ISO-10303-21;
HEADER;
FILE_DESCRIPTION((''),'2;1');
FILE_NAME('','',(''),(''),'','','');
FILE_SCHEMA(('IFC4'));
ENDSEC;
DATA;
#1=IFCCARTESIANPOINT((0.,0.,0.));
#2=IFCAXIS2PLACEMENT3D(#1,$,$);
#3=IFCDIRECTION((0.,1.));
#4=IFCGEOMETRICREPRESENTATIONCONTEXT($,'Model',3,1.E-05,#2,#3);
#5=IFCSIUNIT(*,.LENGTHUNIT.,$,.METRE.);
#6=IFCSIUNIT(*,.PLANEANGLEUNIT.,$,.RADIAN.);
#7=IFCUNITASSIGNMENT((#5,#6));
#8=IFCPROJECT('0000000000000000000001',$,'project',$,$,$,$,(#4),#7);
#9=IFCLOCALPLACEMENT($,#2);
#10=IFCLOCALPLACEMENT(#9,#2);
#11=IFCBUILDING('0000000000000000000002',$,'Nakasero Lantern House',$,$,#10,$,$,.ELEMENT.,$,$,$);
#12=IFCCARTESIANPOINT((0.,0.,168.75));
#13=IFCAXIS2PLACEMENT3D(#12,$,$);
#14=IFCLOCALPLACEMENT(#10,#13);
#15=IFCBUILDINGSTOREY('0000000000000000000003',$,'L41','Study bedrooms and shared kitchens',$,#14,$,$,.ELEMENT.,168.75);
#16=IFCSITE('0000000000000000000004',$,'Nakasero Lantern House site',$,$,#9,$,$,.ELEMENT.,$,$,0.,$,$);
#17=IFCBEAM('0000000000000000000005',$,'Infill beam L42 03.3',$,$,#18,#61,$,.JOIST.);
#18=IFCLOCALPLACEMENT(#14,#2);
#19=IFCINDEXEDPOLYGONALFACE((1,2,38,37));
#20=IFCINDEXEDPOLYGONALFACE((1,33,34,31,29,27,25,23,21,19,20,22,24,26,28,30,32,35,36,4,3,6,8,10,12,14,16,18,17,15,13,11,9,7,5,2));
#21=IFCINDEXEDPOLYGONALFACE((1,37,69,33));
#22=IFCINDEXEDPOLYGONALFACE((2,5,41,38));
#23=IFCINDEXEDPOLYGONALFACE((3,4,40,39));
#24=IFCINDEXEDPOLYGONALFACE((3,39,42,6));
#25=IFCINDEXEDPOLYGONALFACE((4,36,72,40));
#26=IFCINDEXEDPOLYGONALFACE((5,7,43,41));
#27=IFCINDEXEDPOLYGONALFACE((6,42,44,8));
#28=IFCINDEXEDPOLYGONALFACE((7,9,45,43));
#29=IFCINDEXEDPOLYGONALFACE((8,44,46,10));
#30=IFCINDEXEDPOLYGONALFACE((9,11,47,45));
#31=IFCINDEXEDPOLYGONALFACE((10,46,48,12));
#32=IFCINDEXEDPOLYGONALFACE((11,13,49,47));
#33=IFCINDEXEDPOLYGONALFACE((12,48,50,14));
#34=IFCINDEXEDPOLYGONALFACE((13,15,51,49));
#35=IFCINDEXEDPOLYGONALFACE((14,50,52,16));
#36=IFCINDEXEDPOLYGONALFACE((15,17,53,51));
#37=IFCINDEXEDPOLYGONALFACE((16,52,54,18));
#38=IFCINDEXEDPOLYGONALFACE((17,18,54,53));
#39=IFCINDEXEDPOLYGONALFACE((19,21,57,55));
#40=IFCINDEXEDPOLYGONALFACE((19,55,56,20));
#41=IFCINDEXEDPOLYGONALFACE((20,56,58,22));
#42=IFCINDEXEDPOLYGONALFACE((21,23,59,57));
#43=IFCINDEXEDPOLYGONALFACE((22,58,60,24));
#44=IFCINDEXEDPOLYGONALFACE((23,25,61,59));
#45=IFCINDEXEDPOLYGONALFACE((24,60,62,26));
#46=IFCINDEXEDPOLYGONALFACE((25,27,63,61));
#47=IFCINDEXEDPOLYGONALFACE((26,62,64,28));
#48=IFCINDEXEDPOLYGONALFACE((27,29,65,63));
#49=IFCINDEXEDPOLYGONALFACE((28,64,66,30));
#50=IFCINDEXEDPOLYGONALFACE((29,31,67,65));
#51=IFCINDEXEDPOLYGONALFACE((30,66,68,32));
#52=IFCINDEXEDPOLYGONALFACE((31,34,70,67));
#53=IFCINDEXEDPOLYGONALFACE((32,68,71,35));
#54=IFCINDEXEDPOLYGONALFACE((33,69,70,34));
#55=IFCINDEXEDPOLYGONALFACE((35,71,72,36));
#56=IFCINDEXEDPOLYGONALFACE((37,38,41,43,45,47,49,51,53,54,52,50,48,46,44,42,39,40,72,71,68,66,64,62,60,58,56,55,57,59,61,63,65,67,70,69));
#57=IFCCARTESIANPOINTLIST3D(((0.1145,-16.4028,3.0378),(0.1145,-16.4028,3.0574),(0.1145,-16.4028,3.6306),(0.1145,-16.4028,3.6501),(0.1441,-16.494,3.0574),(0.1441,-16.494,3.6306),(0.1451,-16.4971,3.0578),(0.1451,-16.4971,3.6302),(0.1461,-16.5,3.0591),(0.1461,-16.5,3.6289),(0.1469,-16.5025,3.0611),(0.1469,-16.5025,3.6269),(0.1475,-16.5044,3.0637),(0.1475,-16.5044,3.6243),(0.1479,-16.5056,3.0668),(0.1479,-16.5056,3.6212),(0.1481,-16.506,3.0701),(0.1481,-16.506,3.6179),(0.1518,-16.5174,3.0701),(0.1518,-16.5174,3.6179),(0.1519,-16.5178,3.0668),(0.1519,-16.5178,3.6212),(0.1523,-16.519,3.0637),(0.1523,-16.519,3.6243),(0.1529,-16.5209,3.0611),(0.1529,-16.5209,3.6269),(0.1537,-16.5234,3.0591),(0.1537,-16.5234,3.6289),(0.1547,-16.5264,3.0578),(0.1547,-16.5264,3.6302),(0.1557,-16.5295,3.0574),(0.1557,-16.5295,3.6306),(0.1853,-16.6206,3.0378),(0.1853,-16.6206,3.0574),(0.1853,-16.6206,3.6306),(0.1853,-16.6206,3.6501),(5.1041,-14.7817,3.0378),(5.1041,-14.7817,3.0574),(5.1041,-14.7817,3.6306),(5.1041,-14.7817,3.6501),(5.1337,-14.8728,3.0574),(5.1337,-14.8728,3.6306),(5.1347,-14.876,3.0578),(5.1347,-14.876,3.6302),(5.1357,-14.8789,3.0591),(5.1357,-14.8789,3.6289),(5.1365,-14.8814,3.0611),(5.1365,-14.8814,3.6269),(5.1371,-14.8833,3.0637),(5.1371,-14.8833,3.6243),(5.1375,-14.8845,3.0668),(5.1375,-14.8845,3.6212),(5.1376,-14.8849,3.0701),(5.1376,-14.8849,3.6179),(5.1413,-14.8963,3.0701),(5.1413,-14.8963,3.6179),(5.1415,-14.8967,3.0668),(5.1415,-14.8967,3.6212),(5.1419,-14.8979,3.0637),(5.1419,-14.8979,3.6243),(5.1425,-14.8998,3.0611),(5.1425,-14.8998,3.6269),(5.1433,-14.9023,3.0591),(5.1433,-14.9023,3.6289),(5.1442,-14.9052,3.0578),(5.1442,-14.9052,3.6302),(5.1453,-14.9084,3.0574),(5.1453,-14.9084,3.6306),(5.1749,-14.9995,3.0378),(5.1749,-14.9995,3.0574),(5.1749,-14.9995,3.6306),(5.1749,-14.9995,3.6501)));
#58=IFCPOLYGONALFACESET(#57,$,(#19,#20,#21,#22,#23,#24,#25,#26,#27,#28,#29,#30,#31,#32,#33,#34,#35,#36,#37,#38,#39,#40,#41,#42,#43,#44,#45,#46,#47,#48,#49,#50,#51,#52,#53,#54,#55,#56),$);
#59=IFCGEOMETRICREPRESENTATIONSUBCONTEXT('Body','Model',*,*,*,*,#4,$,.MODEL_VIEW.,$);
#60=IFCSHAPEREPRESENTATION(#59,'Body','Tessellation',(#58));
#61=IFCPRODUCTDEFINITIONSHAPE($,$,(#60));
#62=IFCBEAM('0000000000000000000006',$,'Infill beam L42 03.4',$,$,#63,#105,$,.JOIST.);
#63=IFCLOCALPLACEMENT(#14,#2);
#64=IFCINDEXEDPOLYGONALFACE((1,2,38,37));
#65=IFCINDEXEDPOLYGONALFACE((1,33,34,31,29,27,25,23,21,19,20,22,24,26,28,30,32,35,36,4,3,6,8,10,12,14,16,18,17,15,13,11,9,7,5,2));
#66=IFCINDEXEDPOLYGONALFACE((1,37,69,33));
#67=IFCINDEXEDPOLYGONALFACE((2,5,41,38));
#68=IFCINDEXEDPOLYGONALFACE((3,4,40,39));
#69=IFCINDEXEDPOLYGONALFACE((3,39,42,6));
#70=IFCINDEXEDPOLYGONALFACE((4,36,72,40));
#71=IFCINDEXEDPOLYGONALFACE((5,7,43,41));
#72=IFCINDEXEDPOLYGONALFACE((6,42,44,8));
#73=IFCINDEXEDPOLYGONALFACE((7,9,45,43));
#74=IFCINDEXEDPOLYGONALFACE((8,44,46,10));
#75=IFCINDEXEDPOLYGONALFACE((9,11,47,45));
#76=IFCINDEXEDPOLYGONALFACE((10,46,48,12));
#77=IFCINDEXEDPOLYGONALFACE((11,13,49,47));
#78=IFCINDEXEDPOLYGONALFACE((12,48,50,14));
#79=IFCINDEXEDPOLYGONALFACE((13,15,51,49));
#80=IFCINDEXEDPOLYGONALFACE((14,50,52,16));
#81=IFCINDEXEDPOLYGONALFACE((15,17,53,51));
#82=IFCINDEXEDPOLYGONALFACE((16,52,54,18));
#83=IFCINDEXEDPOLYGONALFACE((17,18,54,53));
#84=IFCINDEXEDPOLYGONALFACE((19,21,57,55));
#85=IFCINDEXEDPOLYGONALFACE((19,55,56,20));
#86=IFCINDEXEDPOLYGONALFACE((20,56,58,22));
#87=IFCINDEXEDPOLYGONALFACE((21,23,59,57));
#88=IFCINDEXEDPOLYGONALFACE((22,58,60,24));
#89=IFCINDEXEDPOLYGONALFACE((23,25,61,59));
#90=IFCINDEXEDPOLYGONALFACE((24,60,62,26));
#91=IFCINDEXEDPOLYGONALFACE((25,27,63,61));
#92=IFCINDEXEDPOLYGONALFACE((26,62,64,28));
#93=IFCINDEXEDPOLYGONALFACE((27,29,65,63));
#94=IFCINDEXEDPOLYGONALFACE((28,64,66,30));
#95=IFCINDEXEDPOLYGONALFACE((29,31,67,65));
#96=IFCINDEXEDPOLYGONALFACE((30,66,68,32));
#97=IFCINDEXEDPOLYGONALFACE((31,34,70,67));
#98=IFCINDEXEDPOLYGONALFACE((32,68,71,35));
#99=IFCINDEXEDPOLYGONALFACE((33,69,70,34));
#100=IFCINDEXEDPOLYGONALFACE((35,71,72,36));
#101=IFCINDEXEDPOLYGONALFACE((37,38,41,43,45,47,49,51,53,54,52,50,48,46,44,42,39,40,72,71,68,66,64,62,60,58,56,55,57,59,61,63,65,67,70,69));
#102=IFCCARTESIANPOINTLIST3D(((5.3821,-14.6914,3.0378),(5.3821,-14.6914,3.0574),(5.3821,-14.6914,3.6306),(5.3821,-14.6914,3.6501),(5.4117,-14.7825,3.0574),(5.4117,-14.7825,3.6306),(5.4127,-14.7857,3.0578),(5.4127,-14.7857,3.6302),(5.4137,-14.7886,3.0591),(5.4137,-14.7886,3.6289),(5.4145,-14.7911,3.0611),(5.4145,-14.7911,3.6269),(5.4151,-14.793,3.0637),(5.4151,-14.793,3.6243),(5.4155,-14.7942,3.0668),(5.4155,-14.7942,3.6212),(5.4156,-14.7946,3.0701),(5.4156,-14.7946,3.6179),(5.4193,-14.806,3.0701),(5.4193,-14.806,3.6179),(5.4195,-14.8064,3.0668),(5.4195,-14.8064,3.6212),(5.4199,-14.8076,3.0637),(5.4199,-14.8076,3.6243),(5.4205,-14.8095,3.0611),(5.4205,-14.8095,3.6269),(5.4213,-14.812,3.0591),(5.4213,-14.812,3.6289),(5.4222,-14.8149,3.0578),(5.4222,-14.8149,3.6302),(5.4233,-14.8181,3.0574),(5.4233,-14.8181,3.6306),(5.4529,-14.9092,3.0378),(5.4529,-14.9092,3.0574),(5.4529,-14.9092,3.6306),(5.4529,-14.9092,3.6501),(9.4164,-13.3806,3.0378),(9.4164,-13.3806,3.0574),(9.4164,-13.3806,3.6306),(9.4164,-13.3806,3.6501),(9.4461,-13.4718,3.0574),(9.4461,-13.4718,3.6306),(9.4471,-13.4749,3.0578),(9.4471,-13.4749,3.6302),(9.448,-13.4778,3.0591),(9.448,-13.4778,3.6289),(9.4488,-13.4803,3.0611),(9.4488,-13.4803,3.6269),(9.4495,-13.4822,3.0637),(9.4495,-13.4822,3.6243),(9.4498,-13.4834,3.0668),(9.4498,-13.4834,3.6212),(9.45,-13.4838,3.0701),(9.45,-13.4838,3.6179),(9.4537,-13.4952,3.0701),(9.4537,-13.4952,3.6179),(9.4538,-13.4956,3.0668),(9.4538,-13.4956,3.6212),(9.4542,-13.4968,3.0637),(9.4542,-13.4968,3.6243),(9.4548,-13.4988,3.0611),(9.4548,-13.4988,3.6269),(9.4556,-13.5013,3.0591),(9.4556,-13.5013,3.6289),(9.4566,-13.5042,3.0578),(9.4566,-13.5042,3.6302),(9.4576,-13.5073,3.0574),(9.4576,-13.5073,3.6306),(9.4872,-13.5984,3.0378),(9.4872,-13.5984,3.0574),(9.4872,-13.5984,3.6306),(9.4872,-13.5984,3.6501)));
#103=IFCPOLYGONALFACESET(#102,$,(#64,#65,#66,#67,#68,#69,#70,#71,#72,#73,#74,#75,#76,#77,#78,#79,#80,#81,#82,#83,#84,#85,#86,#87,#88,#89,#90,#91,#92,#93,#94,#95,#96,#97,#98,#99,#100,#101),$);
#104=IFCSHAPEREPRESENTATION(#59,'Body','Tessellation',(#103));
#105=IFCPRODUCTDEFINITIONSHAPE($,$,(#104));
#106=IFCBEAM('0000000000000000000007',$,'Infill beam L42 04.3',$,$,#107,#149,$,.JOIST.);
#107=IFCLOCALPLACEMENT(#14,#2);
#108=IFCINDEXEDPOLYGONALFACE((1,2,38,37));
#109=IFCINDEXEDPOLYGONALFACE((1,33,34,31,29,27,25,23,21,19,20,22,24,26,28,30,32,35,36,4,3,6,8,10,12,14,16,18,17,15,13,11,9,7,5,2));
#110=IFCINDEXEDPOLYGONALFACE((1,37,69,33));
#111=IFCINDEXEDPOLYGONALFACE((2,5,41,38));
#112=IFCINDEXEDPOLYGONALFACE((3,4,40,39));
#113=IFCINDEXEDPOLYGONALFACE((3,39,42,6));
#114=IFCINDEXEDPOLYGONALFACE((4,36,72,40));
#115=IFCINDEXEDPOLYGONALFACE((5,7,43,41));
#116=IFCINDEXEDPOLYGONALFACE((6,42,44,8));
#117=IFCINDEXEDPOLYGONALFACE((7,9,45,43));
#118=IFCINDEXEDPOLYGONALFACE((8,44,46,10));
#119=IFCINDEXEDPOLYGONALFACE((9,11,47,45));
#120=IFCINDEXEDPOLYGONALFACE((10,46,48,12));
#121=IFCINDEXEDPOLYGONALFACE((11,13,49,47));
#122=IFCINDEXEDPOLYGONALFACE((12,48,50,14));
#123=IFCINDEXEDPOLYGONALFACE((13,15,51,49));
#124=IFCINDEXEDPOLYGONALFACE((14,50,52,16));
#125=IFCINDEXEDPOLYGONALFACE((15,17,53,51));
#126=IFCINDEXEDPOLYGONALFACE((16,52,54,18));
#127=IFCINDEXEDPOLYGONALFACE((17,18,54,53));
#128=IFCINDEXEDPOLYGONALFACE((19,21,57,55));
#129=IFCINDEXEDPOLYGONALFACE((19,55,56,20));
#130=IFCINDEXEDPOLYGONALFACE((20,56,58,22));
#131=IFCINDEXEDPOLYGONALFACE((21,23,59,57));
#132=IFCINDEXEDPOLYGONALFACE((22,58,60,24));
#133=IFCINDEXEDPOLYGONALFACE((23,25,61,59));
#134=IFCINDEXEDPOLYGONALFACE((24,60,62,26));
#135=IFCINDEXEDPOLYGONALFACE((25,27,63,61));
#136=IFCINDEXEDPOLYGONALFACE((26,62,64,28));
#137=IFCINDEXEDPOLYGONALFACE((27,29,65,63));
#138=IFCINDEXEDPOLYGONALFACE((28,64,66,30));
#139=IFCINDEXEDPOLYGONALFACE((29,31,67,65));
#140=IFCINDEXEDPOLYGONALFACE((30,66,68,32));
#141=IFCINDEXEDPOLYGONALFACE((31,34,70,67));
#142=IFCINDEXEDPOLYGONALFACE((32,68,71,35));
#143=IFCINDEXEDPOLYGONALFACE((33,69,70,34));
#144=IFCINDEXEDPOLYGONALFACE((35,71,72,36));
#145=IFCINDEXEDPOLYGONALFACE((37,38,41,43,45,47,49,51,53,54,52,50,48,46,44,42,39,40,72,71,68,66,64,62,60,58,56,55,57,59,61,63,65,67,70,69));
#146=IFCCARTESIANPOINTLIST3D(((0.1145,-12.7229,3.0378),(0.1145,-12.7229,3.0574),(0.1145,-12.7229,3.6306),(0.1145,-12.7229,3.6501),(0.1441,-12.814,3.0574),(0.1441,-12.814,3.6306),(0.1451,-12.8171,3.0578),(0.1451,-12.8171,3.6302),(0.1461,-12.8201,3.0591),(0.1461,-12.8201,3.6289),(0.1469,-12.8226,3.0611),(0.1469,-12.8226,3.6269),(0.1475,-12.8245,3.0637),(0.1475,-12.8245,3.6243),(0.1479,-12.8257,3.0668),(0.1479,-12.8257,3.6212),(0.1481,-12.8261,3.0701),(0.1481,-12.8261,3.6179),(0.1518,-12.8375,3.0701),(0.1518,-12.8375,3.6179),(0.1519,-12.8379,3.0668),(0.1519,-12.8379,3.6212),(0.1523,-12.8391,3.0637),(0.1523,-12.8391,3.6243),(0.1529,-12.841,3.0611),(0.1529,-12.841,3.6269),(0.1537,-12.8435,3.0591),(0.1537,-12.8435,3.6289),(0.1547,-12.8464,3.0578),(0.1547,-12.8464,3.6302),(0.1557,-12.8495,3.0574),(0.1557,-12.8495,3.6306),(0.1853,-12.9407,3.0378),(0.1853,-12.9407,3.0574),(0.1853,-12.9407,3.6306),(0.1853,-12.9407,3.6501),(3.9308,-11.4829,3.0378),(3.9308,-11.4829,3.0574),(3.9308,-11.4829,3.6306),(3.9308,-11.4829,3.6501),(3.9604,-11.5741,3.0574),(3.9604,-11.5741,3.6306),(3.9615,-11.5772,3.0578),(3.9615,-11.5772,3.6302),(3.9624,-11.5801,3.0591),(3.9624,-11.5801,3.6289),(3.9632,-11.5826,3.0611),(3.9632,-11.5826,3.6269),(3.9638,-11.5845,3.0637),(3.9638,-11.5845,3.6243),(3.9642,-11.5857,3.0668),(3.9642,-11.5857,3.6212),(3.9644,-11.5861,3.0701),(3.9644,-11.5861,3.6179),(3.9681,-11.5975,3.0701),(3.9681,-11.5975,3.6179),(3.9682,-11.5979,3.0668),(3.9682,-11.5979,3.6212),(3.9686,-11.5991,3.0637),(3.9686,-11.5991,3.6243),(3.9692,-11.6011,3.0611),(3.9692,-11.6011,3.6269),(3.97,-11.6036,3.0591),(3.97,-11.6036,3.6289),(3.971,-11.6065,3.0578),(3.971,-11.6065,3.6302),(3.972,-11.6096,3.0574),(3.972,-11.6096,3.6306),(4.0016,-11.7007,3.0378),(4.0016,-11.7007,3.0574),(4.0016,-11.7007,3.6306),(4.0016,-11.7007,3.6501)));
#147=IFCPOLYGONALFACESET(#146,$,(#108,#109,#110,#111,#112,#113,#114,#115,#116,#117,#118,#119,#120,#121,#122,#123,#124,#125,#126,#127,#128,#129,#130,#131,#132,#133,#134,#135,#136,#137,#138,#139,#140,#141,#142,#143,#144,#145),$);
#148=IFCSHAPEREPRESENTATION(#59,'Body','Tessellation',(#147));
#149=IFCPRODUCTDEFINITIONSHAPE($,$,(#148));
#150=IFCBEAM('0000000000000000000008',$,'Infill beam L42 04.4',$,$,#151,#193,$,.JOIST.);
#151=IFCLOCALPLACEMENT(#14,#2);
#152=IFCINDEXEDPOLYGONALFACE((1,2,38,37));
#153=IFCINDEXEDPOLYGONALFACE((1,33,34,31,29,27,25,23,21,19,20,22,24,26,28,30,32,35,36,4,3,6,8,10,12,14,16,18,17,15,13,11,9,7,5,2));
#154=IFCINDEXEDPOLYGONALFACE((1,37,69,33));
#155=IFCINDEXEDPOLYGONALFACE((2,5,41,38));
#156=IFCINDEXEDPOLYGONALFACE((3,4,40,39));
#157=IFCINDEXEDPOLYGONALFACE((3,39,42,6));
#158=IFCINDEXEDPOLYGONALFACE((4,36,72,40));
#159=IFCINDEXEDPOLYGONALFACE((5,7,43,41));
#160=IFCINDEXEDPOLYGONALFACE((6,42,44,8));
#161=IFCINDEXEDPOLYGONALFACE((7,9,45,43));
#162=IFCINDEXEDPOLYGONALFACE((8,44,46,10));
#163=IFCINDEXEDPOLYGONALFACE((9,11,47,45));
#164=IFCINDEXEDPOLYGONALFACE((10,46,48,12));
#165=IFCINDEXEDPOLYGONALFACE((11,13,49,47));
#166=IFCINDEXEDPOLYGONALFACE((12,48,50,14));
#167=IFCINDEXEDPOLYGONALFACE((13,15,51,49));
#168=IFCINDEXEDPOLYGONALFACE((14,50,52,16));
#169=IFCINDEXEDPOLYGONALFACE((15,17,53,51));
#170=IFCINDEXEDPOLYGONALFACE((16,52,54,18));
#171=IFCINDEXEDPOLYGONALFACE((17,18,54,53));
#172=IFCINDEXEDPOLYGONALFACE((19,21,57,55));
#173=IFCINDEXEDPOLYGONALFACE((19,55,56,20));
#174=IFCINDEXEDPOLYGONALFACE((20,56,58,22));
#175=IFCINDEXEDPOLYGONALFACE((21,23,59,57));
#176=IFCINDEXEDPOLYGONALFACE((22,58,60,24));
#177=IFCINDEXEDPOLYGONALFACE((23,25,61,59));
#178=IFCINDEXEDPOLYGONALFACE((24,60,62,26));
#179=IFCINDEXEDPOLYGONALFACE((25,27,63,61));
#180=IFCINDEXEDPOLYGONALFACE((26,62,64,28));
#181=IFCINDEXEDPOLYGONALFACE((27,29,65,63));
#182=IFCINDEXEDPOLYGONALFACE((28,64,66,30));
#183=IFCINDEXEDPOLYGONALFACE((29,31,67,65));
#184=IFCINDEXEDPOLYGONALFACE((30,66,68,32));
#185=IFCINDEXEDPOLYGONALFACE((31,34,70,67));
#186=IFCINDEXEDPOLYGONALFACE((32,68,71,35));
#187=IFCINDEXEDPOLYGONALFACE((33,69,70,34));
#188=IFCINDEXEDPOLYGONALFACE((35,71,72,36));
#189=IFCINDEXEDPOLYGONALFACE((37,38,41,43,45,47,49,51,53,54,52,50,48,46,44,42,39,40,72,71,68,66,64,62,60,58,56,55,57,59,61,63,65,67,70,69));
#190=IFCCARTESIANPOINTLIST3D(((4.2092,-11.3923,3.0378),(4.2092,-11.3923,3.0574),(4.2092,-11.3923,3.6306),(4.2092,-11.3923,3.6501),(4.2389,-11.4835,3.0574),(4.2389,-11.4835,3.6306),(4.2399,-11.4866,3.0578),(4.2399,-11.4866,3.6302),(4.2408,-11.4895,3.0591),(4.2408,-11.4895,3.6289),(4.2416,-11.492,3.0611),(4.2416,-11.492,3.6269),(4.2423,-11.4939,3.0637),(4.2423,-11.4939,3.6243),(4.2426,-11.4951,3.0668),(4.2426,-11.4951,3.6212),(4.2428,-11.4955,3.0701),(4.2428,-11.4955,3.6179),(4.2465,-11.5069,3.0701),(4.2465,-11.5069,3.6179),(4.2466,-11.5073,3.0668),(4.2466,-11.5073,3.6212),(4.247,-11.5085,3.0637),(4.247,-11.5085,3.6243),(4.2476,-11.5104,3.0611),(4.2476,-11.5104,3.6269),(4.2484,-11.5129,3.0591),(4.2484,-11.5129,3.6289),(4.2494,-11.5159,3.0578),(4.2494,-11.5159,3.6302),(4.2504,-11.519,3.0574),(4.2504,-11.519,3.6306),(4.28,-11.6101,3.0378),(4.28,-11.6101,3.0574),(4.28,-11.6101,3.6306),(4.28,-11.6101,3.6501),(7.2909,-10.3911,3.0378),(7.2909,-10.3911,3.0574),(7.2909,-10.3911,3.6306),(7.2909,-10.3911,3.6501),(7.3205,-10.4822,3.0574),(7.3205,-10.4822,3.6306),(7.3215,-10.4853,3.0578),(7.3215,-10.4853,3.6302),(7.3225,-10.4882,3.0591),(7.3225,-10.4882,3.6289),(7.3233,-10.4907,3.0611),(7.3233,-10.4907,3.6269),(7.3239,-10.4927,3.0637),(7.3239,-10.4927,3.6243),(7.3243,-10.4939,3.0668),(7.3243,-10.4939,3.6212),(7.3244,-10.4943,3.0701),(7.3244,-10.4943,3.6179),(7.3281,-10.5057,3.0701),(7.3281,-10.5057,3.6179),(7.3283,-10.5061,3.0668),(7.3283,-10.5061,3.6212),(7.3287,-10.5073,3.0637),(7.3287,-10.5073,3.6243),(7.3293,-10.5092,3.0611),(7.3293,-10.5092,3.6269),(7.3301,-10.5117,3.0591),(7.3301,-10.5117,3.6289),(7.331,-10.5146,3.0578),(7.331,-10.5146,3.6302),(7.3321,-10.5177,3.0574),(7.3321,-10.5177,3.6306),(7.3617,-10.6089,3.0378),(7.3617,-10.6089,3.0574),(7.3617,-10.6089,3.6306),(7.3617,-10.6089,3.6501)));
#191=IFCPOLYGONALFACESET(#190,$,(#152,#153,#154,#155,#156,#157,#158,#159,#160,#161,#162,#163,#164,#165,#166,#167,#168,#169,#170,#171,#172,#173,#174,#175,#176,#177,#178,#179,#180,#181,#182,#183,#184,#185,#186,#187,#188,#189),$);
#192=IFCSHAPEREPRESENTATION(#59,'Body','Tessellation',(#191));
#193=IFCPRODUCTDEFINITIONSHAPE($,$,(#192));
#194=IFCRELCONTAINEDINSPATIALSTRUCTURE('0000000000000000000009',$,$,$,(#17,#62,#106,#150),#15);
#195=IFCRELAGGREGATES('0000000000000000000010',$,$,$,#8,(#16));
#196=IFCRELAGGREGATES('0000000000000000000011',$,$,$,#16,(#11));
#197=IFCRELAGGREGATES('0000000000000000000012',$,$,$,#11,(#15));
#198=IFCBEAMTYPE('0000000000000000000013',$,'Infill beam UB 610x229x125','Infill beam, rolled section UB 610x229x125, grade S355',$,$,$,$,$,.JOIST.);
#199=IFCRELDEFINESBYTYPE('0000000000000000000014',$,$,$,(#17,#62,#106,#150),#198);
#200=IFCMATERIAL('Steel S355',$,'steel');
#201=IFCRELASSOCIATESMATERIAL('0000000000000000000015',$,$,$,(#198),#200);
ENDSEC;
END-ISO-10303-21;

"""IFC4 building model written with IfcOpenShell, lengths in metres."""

from ifc_helpers import new_model, si_unit, direction, frame, origin, origin_2d, place, context, subcontext, project, spatial, i_section, extrude, material, material_profile, profile_set, type_object, element, save


model = new_model("IFC4")

# Units and contexts
model_context = context("Model", 3, precision=1e-05, world=origin(), true_north=direction((0.0, 1.0)))
body_context = subcontext(model_context, "Body", "Model", "MODEL_VIEW")
ifc_project = project(units=[si_unit("LENGTHUNIT", "METRE"), si_unit("PLANEANGLEUNIT", "RADIAN")], contexts=[model_context])

# Site, building, storey
site_placement = place(None, origin())
site = spatial("IfcSite", under=ifc_project, at=site_placement, Name="Nakasero Lantern House site", CompositionType="ELEMENT", RefElevation=0.0)
building_placement = place(site_placement, origin())
building = spatial("IfcBuilding", under=site, at=building_placement, Name="Nakasero Lantern House", CompositionType="ELEMENT")
storey_placement = place(building_placement, frame((0.0, 0.0, 168.75)))
storey = spatial("IfcBuildingStorey", under=building, at=storey_placement, Name="L41", Description="Study bedrooms and shared kitchens", CompositionType="ELEMENT", Elevation=168.75)

# Beams
ifc_material_1 = material(Name="Steel S355", Category="steel")
ifc_material_profile_1 = material_profile(ifc_material_1, i_section(OverallWidth=0.229, OverallDepth=0.6123, WebThickness=0.012, FlangeThickness=0.0195, FilletRadius=0.0127, at=origin_2d()), Name="UB 610x229x125")
ifc_profile_set_1 = profile_set([ifc_material_profile_1], Name="Steel S355")
beam_type_1 = type_object("IfcBeamType", Name="Infill beam UB 610x229x125", Description="Infill beam, rolled section UB 610x229x125, grade S355", PredefinedType="JOIST", material=ifc_profile_set_1)
beam_1_placement = place(storey_placement, frame((0.1499, -16.5117, 3.344), z_axis=(0.951062, 0.309001, 0.0), x_axis=(-0.309001, 0.951062, 0.0)))
element("IfcBeam", 1, at=beam_1_placement, inside=storey, type_object=beam_type_1, Name="Infill beam L42 03.3", PredefinedType="JOIST", context=body_context, shape_type="SweptSolid", body=[
    extrude(i_section(OverallWidth=0.229, OverallDepth=0.6123, WebThickness=0.012, FlangeThickness=0.0195, FilletRadius=0.0127, at=origin_2d()), origin(), (0.0, 0.0, 1.0), 5.2463),
])
beam_2_placement = place(storey_placement, frame((5.4175, -14.8003, 3.344), z_axis=(0.951062, 0.309001, 0.0), x_axis=(-0.309001, 0.951062, 0.0)))
element("IfcBeam", 2, at=beam_2_placement, inside=storey, type_object=beam_type_1, Name="Infill beam L42 03.4", PredefinedType="JOIST", context=body_context, shape_type="SweptSolid", body=[
    extrude(i_section(OverallWidth=0.229, OverallDepth=0.6123, WebThickness=0.012, FlangeThickness=0.0195, FilletRadius=0.0127, at=origin_2d()), origin(), (0.0, 0.0, 1.0), 4.2419),
])
beam_3_placement = place(storey_placement, frame((0.1499, -12.8318, 3.344), z_axis=(0.951059, 0.309009, 0.0), x_axis=(-0.309009, 0.951059, 0.0)))
element("IfcBeam", 3, at=beam_3_placement, inside=storey, type_object=beam_type_1, Name="Infill beam L42 04.3", PredefinedType="JOIST", context=body_context, shape_type="SweptSolid", body=[
    extrude(i_section(OverallWidth=0.229, OverallDepth=0.6123, WebThickness=0.012, FlangeThickness=0.0195, FilletRadius=0.0127, at=origin_2d()), origin(), (0.0, 0.0, 1.0), 4.0127),
])
beam_4_placement = place(storey_placement, frame((4.2446, -11.5012, 3.344), z_axis=(0.95106, 0.309008, 0.0), x_axis=(-0.309008, 0.95106, 0.0)))
element("IfcBeam", 4, at=beam_4_placement, inside=storey, type_object=beam_type_1, Name="Infill beam L42 04.4", PredefinedType="JOIST", context=body_context, shape_type="SweptSolid", body=[
    extrude(i_section(OverallWidth=0.229, OverallDepth=0.6123, WebThickness=0.012, FlangeThickness=0.0195, FilletRadius=0.0127, at=origin_2d()), origin(), (0.0, 0.0, 1.0), 3.2402),
])

save(model, "model.ifc")
